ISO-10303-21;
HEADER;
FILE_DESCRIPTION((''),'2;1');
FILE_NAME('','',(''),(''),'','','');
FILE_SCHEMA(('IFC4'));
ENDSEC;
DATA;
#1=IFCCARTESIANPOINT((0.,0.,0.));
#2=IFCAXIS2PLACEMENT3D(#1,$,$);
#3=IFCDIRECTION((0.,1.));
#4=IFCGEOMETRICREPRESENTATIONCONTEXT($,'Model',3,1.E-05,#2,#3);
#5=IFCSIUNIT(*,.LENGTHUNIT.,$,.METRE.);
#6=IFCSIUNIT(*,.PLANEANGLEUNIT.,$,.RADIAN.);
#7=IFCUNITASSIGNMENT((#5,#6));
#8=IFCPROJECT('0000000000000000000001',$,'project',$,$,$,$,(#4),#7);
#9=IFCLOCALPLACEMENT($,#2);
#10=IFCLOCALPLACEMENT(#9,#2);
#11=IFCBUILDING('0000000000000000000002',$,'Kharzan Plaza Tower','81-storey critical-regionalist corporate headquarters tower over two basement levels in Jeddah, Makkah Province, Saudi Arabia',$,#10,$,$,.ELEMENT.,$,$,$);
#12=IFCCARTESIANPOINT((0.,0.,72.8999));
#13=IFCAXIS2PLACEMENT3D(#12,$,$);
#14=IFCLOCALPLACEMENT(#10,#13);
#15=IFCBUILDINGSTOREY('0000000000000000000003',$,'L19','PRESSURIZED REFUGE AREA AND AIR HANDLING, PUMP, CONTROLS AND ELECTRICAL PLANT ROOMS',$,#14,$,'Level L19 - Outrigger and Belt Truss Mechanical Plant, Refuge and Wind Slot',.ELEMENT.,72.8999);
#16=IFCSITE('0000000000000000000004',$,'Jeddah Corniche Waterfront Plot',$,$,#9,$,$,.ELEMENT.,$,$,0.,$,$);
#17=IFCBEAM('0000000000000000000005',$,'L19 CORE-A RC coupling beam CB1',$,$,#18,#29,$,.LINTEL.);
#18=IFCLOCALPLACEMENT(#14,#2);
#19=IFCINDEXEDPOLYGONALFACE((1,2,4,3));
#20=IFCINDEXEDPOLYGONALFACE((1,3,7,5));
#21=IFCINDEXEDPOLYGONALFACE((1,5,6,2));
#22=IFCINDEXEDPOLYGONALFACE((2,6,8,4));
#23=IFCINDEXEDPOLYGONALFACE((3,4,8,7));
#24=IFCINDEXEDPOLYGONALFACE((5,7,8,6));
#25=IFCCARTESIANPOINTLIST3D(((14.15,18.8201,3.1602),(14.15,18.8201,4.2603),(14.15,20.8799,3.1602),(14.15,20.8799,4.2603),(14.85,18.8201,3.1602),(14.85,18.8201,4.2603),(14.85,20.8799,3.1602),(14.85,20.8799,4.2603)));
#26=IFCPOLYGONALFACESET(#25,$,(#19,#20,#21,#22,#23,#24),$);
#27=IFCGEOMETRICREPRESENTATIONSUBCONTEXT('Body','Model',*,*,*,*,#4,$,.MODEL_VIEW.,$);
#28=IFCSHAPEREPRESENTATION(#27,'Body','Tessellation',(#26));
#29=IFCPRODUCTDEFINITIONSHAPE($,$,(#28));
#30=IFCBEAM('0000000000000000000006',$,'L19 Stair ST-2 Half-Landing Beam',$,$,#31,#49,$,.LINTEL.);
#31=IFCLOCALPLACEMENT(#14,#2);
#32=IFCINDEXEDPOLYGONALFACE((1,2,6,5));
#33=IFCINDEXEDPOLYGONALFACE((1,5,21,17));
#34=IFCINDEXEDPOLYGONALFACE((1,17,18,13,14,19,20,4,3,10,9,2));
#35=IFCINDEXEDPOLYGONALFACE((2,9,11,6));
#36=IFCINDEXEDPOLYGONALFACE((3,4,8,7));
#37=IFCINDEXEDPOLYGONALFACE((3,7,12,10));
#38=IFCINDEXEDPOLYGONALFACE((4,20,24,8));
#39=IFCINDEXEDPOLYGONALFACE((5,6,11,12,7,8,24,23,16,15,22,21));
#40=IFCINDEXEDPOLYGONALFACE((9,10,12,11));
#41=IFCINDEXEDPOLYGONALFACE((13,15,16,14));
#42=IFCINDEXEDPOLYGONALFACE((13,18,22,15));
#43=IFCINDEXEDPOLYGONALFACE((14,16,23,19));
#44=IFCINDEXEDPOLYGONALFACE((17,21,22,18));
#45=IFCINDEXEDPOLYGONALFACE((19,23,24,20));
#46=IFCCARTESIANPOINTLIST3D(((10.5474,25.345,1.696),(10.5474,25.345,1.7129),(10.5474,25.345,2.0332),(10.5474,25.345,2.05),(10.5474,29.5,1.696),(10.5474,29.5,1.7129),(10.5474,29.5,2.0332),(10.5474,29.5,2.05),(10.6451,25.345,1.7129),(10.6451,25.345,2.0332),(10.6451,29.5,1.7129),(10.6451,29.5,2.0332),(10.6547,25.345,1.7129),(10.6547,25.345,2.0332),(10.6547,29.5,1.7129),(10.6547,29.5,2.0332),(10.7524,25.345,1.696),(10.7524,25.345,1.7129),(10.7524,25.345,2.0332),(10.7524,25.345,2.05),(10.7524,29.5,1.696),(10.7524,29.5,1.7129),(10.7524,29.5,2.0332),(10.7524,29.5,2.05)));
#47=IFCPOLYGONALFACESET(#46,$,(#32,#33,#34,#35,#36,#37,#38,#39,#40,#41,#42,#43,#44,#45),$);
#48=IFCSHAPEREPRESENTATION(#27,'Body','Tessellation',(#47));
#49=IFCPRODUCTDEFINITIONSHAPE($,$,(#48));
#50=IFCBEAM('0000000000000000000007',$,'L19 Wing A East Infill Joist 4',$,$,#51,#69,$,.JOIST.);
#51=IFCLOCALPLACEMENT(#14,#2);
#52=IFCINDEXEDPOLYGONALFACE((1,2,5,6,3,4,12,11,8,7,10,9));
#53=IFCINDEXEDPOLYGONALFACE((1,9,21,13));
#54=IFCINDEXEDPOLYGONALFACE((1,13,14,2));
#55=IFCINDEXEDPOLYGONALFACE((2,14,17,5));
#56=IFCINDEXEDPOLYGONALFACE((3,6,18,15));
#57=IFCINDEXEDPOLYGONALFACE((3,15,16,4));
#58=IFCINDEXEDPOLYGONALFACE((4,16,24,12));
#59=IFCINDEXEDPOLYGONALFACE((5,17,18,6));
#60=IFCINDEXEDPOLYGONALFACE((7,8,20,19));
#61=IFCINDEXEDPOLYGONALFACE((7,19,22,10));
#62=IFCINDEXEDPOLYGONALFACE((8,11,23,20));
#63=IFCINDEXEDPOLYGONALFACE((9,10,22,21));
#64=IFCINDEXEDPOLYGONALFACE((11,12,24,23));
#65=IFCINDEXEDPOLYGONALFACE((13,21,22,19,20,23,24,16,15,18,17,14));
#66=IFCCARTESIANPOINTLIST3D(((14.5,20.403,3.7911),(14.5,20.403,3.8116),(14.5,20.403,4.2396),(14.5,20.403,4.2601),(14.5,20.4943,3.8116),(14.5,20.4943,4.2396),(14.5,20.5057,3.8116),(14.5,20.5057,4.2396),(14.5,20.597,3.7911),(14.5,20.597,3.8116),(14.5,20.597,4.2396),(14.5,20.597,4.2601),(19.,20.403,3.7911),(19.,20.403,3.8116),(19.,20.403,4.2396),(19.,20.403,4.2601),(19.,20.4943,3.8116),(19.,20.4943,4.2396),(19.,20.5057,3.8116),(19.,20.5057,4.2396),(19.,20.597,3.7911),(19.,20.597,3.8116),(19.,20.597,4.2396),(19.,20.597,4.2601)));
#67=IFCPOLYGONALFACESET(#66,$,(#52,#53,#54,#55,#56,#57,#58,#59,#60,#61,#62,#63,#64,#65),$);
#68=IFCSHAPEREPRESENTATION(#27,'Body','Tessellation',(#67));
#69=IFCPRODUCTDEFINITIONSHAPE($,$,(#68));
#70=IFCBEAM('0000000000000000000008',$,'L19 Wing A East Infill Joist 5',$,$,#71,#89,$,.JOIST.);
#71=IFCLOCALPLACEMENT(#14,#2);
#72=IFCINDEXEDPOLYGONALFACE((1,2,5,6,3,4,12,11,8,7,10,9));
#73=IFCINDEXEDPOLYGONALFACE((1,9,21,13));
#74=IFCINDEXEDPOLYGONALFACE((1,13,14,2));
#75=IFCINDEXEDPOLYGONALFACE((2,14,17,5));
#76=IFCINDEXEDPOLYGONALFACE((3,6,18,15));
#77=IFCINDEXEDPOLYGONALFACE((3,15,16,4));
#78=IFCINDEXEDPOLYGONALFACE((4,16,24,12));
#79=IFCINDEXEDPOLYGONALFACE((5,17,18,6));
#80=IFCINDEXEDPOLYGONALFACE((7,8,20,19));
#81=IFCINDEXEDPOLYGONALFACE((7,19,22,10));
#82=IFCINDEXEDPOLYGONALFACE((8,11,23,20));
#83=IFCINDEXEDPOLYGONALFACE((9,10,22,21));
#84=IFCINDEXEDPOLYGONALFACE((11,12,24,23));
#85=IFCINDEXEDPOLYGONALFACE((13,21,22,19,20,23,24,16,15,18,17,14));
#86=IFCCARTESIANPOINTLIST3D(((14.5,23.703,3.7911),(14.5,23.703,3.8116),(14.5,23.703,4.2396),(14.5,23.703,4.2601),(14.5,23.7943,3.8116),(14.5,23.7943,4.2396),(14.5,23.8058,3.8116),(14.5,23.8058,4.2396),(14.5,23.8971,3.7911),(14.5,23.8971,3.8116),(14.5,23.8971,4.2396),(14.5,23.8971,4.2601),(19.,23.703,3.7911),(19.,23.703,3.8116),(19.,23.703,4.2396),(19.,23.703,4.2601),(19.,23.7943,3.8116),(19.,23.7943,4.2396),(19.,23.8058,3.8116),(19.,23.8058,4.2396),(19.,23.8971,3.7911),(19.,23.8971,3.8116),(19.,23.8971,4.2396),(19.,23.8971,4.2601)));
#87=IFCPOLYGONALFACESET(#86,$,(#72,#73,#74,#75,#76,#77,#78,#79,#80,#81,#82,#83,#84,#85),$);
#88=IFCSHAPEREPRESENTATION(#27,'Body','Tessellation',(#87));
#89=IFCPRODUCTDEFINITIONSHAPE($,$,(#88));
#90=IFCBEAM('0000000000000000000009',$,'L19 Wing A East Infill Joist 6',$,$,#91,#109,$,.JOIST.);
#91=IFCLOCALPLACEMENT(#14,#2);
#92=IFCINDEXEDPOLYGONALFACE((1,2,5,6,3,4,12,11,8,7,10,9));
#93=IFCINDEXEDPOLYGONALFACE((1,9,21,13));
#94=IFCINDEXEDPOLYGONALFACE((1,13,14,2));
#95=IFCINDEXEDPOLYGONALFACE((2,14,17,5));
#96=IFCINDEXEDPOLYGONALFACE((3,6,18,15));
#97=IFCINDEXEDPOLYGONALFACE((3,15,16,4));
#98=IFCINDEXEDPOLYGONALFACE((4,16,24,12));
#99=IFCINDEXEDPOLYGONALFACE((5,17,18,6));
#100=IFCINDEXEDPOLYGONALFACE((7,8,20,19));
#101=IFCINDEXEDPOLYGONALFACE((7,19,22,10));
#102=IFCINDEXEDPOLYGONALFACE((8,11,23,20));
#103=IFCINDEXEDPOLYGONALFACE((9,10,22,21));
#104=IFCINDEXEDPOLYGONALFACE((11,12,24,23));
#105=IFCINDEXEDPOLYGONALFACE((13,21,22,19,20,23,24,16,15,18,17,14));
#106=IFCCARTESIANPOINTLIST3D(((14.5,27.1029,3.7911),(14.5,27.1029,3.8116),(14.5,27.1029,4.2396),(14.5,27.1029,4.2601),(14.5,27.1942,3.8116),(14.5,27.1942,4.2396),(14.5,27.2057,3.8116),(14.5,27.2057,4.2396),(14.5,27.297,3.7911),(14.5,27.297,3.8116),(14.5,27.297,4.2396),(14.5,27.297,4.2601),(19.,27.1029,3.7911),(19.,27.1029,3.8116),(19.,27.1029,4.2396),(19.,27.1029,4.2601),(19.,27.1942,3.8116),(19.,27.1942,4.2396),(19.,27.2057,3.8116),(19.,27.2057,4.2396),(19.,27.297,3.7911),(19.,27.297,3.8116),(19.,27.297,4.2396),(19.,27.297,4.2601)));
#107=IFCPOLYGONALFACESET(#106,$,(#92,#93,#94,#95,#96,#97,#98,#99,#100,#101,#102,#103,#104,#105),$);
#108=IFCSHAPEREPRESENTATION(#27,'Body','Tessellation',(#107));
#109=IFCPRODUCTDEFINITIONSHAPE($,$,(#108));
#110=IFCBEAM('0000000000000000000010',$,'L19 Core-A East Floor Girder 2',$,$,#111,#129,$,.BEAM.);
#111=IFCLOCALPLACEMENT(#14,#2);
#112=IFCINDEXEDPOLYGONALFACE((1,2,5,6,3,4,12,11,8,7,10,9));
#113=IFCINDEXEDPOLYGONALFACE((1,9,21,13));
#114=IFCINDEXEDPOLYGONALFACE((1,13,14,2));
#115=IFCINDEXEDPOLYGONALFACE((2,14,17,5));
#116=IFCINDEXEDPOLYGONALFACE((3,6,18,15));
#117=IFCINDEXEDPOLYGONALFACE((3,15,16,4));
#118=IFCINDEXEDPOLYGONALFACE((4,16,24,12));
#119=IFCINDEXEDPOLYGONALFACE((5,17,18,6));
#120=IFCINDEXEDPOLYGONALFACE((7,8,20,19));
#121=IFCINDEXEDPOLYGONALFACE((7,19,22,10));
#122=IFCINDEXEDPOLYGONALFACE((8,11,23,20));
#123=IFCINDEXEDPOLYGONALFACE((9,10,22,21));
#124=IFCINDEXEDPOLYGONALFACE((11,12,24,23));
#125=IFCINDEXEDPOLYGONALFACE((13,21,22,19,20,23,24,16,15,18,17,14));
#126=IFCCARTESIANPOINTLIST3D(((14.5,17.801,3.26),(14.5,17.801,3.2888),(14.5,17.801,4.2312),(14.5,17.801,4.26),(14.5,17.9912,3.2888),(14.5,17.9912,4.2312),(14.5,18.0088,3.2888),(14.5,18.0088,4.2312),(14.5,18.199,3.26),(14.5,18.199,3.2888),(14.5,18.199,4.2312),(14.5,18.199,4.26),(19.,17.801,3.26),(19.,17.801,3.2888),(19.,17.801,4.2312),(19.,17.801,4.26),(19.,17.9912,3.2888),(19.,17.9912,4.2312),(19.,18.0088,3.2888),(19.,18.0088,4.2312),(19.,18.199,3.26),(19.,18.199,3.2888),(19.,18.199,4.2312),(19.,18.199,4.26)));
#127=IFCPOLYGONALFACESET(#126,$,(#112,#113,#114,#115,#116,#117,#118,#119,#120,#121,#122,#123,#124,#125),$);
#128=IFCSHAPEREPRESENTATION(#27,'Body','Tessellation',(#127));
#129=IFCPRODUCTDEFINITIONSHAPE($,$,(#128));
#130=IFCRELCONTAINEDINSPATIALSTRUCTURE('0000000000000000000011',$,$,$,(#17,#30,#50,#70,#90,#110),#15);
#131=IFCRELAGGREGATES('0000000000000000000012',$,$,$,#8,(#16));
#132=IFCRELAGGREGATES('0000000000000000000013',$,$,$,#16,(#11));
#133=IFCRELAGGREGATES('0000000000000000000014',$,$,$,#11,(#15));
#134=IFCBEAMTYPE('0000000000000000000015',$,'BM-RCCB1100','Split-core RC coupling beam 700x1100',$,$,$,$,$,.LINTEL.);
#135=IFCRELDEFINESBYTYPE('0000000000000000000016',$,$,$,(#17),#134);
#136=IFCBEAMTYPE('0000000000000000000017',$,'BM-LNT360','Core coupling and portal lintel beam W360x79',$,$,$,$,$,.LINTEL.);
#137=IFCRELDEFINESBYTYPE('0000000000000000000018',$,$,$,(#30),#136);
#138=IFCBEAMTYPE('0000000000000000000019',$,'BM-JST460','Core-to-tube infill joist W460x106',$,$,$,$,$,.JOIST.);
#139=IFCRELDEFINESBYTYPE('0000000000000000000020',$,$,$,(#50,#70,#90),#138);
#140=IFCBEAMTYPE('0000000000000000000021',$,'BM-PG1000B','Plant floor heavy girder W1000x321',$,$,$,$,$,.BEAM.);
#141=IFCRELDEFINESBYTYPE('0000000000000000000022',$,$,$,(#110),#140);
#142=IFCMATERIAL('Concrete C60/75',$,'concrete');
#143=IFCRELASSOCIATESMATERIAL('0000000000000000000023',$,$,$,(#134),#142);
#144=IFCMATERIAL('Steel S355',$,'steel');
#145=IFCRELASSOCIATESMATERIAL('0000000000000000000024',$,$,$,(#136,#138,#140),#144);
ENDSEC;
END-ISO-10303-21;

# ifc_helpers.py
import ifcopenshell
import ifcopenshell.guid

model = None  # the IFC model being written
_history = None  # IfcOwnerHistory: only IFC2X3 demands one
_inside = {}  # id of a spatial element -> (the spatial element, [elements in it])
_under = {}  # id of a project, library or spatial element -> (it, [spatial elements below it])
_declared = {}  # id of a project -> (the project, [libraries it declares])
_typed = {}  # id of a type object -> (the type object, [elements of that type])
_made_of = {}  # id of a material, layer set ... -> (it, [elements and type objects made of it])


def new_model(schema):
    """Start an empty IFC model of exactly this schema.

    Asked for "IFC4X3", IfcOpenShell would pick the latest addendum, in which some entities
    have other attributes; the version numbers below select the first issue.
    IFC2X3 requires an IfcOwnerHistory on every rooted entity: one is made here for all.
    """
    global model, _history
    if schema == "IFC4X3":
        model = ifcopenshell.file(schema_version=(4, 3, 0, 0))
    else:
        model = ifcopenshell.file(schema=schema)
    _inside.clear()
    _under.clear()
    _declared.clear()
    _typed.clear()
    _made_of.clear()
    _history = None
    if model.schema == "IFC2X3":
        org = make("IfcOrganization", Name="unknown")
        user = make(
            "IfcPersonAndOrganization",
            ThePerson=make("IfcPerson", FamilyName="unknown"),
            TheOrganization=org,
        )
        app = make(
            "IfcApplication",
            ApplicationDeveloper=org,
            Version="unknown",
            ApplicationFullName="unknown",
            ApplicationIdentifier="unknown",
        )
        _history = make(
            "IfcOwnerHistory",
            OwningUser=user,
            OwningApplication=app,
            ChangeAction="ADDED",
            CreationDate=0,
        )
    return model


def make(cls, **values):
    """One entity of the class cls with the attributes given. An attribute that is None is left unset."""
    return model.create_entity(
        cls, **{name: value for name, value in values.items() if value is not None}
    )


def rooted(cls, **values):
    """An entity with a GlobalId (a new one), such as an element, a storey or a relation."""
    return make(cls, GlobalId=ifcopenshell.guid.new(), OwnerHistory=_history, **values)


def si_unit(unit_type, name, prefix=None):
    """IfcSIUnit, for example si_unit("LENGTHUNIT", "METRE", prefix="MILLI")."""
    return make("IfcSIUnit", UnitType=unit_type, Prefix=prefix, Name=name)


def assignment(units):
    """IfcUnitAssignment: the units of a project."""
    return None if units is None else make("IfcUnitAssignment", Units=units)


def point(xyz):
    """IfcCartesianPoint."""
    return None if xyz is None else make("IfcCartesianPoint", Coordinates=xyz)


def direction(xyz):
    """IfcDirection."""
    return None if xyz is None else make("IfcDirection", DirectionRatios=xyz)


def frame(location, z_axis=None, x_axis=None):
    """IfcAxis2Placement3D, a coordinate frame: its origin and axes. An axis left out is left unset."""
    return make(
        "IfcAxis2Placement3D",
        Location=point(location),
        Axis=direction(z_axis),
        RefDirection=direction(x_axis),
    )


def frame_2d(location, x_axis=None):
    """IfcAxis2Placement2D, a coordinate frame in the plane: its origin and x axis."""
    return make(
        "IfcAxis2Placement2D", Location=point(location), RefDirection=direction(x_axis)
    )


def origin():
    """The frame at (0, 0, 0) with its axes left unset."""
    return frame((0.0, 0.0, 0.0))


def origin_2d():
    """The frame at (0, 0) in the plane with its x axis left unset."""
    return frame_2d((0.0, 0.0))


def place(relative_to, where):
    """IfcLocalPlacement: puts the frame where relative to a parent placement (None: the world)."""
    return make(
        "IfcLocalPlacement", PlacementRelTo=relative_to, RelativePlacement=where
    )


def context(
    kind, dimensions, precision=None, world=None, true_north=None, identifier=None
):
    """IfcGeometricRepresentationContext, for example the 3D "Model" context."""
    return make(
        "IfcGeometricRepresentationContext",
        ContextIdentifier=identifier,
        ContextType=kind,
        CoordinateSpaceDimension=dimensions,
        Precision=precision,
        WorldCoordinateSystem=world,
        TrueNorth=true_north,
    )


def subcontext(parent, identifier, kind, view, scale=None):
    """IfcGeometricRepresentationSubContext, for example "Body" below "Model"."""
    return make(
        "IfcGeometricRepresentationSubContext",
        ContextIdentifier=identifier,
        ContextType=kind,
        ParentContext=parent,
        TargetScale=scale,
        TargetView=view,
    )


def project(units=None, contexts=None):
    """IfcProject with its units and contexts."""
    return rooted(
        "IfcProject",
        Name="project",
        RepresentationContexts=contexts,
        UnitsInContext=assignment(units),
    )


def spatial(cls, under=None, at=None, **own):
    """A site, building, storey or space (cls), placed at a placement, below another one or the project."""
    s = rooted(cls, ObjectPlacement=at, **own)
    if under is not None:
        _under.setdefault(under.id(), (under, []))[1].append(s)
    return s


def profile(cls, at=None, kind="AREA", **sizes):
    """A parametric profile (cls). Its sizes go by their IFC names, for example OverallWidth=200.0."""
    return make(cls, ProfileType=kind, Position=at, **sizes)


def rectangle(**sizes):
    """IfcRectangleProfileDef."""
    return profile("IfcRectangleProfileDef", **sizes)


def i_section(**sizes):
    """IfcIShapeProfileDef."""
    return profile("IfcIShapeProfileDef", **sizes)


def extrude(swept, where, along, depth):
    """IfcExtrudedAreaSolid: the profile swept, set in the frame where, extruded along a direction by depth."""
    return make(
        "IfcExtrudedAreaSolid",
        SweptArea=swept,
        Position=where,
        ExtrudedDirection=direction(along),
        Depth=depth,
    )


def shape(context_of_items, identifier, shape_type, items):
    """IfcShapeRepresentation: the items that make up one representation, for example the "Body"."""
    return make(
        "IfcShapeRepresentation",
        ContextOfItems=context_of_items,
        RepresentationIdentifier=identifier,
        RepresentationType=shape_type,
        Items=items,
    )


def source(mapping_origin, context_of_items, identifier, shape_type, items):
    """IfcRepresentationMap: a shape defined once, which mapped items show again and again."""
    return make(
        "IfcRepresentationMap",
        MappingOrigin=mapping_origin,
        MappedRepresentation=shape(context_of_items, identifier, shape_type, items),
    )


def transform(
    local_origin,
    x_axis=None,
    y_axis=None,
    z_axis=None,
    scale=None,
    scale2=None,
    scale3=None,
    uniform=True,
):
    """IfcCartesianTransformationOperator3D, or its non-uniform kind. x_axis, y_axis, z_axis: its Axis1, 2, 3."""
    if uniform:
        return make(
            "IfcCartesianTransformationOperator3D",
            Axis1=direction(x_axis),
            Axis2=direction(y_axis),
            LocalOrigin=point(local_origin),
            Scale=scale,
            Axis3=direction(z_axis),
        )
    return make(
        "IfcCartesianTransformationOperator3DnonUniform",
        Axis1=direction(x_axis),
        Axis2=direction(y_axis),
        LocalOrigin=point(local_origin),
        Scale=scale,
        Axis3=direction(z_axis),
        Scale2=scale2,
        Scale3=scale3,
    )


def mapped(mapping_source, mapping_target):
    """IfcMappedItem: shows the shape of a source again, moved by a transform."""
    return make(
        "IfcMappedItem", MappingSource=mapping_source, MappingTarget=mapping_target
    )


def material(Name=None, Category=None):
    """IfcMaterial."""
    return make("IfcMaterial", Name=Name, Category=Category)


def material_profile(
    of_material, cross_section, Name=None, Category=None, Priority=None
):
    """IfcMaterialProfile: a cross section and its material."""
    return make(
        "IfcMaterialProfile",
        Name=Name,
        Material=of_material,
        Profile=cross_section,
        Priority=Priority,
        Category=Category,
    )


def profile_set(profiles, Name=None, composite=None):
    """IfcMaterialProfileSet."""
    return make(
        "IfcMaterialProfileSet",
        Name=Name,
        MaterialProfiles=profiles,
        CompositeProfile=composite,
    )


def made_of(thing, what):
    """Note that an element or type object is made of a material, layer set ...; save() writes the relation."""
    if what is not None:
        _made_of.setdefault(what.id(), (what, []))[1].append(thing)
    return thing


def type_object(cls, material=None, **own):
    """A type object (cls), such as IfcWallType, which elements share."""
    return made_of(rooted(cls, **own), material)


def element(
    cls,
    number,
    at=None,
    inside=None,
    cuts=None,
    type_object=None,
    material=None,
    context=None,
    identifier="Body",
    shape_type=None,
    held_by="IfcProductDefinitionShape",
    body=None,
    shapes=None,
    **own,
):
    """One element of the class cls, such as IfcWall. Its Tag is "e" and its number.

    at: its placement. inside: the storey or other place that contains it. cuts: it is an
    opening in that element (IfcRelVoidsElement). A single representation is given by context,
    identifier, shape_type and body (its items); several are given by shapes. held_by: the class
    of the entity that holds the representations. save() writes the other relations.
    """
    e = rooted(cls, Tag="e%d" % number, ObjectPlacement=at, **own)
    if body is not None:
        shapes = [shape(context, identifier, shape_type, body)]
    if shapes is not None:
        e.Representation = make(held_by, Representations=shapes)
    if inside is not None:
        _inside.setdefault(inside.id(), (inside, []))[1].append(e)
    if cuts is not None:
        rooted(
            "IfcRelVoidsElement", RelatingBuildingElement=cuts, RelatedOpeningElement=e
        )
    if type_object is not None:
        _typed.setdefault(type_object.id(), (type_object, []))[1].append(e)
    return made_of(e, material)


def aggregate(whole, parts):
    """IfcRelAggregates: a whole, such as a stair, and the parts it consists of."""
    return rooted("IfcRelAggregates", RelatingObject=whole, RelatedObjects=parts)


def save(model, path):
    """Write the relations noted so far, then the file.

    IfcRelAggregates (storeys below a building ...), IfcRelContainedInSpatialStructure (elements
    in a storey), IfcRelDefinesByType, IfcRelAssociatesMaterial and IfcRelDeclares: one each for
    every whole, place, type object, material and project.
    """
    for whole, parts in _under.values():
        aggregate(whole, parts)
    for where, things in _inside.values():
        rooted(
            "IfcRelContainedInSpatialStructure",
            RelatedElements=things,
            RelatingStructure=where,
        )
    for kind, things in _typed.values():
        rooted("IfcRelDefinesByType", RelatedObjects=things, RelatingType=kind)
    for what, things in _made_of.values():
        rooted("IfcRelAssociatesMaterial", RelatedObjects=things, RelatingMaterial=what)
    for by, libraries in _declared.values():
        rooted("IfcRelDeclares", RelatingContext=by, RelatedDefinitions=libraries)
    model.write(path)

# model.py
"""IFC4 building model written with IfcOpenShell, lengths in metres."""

from ifc_helpers import new_model, si_unit, direction, frame, origin, origin_2d, place, context, subcontext, project, spatial, rectangle, i_section, extrude, source, transform, mapped, material, material_profile, profile_set, type_object, element, save


model = new_model("IFC4")

# Units and contexts
model_context = context("Model", 3, precision=1e-05, world=origin(), true_north=direction((0.0, 1.0)))
body_context = subcontext(model_context, "Body", "Model", "MODEL_VIEW")
ifc_project = project(units=[si_unit("LENGTHUNIT", "METRE"), si_unit("PLANEANGLEUNIT", "RADIAN")], contexts=[model_context])

# Site, building, storey
site_placement = place(None, origin())
site = spatial("IfcSite", under=ifc_project, at=site_placement, Name="Jeddah Corniche Waterfront Plot", CompositionType="ELEMENT", RefElevation=0.0)
building_placement = place(site_placement, origin())
building = spatial("IfcBuilding", under=site, at=building_placement, Name="Kharzan Plaza Tower", Description="81-storey critical-regionalist corporate headquarters tower over two basement levels in Jeddah, Makkah Province, Saudi Arabia", CompositionType="ELEMENT")
storey_placement = place(building_placement, frame((0.0, 0.0, 72.8999)))
storey = spatial("IfcBuildingStorey", under=building, at=storey_placement, Name="L19", Description="PRESSURIZED REFUGE AREA AND AIR HANDLING, PUMP, CONTROLS AND ELECTRICAL PLANT ROOMS", LongName="Level L19 - Outrigger and Belt Truss Mechanical Plant, Refuge and Wind Slot", CompositionType="ELEMENT", Elevation=72.8999)

# Beams
ifc_material_1 = material(Name="Concrete C60/75", Category="concrete")
ifc_material_profile_1 = material_profile(ifc_material_1, rectangle(XDim=0.7, YDim=1.1001, at=origin_2d()), Name="RC-CB1100x700")
ifc_profile_set_1 = profile_set([ifc_material_profile_1], Name="Concrete C60/75")
beam_type_1 = type_object("IfcBeamType", Name="BM-RCCB1100", Description="Split-core RC coupling beam 700x1100", PredefinedType="LINTEL", material=ifc_profile_set_1)
shared_shape_1 = source(origin(), body_context, "Body", "SweptSolid", [
    extrude(rectangle(XDim=0.7, YDim=1.1001, at=origin_2d()), origin(), (0.0, 0.0, 1.0), 2.0598),
])
beam_1_placement = place(storey_placement, frame((14.5, 18.8201, 3.7102), z_axis=(0.0, 1.0, 0.0), x_axis=(-1.0, 0.0, 0.0)))
element("IfcBeam", 1, at=beam_1_placement, inside=storey, type_object=beam_type_1, Name="L19 CORE-A RC coupling beam CB1", PredefinedType="LINTEL", context=body_context, shape_type="MappedRepresentation", body=[
    mapped(shared_shape_1, transform((0.0, 0.0, 0.0), x_axis=(1.0, 0.0, 0.0), y_axis=(0.0, 1.0, 0.0), z_axis=(0.0, 0.0, 1.0))),
])
ifc_material_2 = material(Name="Steel S355", Category="steel")
ifc_material_profile_2 = material_profile(ifc_material_2, i_section(OverallWidth=0.2051, OverallDepth=0.354, WebThickness=0.0095, FlangeThickness=0.0168, at=origin_2d()), Name="W360x79")
ifc_profile_set_2 = profile_set([ifc_material_profile_2], Name="Steel S355")
beam_type_2 = type_object("IfcBeamType", Name="BM-LNT360", Description="Core coupling and portal lintel beam W360x79", PredefinedType="LINTEL", material=ifc_profile_set_2)
shared_shape_2 = source(origin(), body_context, "Body", "SweptSolid", [
    extrude(i_section(OverallWidth=0.2051, OverallDepth=0.354, WebThickness=0.0095, FlangeThickness=0.0168, at=origin_2d()), origin(), (0.0, 0.0, 1.0), 4.155),
])
beam_2_placement = place(storey_placement, frame((10.6499, 25.345, 1.873), z_axis=(0.0, 1.0, 0.0), x_axis=(-1.0, 0.0, 0.0)))
element("IfcBeam", 2, at=beam_2_placement, inside=storey, type_object=beam_type_2, Name="L19 Stair ST-2 Half-Landing Beam", PredefinedType="LINTEL", context=body_context, shape_type="MappedRepresentation", body=[
    mapped(shared_shape_2, transform((0.0, 0.0, 0.0), x_axis=(1.0, 0.0, 0.0), y_axis=(0.0, 1.0, 0.0), z_axis=(0.0, 0.0, 1.0))),
])
ifc_material_profile_3 = material_profile(ifc_material_2, i_section(OverallWidth=0.1941, OverallDepth=0.469, WebThickness=0.0115, FlangeThickness=0.0205, at=origin_2d()), Name="W460x106")
ifc_profile_set_3 = profile_set([ifc_material_profile_3], Name="Steel S355")
beam_type_3 = type_object("IfcBeamType", Name="BM-JST460", Description="Core-to-tube infill joist W460x106", PredefinedType="JOIST", material=ifc_profile_set_3)
shared_shape_3 = source(origin(), body_context, "Body", "SweptSolid", [
    extrude(i_section(OverallWidth=0.1941, OverallDepth=0.469, WebThickness=0.0115, FlangeThickness=0.0205, at=origin_2d()), origin(), (0.0, 0.0, 1.0), 4.5),
])
for number, where, z_axis, x_axis, name in (
    (3, (14.5, 20.5, 4.0256), (1.0, 0.0, 0.0), (0.0, 1.0, 0.0), "L19 Wing A East Infill Joist 4"),
    (4, (14.5, 23.8, 4.0256), (1.0, 0.0, 0.0), (0.0, 1.0, 0.0), "L19 Wing A East Infill Joist 5"),
    (5, (14.5, 27.2, 4.0256), (1.0, 0.0, 0.0), (0.0, 1.0, 0.0), "L19 Wing A East Infill Joist 6"),
):
    element("IfcBeam", number, at=place(storey_placement, frame(where, z_axis=z_axis, x_axis=x_axis)), inside=storey, type_object=beam_type_3, Name=name, PredefinedType="JOIST", context=body_context, shape_type="MappedRepresentation", body=[
        mapped(shared_shape_3, transform((0.0, 0.0, 0.0), x_axis=(1.0, 0.0, 0.0), y_axis=(0.0, 1.0, 0.0), z_axis=(0.0, 0.0, 1.0))),
    ])
ifc_material_profile_4 = material_profile(ifc_material_2, i_section(OverallWidth=0.3979, OverallDepth=1.0, WebThickness=0.0176, FlangeThickness=0.0288, at=origin_2d()), Name="W1000x321")
ifc_profile_set_4 = profile_set([ifc_material_profile_4], Name="Steel S355")
beam_type_4 = type_object("IfcBeamType", Name="BM-PG1000B", Description="Plant floor heavy girder W1000x321", PredefinedType="BEAM", material=ifc_profile_set_4)
shared_shape_4 = source(origin(), body_context, "Body", "SweptSolid", [
    extrude(i_section(OverallWidth=0.3979, OverallDepth=1.0, WebThickness=0.0176, FlangeThickness=0.0288, at=origin_2d()), origin(), (0.0, 0.0, 1.0), 4.5),
])
beam_3_placement = place(storey_placement, frame((14.5, 18.0, 3.76), z_axis=(1.0, 0.0, 0.0), x_axis=(0.0, 1.0, 0.0)))
element("IfcBeam", 6, at=beam_3_placement, inside=storey, type_object=beam_type_4, Name="L19 Core-A East Floor Girder 2", PredefinedType="BEAM", context=body_context, shape_type="MappedRepresentation", body=[
    mapped(shared_shape_4, transform((0.0, 0.0, 0.0), x_axis=(1.0, 0.0, 0.0), y_axis=(0.0, 1.0, 0.0), z_axis=(0.0, 0.0, 1.0))),
])

save(model, "model.ifc")
